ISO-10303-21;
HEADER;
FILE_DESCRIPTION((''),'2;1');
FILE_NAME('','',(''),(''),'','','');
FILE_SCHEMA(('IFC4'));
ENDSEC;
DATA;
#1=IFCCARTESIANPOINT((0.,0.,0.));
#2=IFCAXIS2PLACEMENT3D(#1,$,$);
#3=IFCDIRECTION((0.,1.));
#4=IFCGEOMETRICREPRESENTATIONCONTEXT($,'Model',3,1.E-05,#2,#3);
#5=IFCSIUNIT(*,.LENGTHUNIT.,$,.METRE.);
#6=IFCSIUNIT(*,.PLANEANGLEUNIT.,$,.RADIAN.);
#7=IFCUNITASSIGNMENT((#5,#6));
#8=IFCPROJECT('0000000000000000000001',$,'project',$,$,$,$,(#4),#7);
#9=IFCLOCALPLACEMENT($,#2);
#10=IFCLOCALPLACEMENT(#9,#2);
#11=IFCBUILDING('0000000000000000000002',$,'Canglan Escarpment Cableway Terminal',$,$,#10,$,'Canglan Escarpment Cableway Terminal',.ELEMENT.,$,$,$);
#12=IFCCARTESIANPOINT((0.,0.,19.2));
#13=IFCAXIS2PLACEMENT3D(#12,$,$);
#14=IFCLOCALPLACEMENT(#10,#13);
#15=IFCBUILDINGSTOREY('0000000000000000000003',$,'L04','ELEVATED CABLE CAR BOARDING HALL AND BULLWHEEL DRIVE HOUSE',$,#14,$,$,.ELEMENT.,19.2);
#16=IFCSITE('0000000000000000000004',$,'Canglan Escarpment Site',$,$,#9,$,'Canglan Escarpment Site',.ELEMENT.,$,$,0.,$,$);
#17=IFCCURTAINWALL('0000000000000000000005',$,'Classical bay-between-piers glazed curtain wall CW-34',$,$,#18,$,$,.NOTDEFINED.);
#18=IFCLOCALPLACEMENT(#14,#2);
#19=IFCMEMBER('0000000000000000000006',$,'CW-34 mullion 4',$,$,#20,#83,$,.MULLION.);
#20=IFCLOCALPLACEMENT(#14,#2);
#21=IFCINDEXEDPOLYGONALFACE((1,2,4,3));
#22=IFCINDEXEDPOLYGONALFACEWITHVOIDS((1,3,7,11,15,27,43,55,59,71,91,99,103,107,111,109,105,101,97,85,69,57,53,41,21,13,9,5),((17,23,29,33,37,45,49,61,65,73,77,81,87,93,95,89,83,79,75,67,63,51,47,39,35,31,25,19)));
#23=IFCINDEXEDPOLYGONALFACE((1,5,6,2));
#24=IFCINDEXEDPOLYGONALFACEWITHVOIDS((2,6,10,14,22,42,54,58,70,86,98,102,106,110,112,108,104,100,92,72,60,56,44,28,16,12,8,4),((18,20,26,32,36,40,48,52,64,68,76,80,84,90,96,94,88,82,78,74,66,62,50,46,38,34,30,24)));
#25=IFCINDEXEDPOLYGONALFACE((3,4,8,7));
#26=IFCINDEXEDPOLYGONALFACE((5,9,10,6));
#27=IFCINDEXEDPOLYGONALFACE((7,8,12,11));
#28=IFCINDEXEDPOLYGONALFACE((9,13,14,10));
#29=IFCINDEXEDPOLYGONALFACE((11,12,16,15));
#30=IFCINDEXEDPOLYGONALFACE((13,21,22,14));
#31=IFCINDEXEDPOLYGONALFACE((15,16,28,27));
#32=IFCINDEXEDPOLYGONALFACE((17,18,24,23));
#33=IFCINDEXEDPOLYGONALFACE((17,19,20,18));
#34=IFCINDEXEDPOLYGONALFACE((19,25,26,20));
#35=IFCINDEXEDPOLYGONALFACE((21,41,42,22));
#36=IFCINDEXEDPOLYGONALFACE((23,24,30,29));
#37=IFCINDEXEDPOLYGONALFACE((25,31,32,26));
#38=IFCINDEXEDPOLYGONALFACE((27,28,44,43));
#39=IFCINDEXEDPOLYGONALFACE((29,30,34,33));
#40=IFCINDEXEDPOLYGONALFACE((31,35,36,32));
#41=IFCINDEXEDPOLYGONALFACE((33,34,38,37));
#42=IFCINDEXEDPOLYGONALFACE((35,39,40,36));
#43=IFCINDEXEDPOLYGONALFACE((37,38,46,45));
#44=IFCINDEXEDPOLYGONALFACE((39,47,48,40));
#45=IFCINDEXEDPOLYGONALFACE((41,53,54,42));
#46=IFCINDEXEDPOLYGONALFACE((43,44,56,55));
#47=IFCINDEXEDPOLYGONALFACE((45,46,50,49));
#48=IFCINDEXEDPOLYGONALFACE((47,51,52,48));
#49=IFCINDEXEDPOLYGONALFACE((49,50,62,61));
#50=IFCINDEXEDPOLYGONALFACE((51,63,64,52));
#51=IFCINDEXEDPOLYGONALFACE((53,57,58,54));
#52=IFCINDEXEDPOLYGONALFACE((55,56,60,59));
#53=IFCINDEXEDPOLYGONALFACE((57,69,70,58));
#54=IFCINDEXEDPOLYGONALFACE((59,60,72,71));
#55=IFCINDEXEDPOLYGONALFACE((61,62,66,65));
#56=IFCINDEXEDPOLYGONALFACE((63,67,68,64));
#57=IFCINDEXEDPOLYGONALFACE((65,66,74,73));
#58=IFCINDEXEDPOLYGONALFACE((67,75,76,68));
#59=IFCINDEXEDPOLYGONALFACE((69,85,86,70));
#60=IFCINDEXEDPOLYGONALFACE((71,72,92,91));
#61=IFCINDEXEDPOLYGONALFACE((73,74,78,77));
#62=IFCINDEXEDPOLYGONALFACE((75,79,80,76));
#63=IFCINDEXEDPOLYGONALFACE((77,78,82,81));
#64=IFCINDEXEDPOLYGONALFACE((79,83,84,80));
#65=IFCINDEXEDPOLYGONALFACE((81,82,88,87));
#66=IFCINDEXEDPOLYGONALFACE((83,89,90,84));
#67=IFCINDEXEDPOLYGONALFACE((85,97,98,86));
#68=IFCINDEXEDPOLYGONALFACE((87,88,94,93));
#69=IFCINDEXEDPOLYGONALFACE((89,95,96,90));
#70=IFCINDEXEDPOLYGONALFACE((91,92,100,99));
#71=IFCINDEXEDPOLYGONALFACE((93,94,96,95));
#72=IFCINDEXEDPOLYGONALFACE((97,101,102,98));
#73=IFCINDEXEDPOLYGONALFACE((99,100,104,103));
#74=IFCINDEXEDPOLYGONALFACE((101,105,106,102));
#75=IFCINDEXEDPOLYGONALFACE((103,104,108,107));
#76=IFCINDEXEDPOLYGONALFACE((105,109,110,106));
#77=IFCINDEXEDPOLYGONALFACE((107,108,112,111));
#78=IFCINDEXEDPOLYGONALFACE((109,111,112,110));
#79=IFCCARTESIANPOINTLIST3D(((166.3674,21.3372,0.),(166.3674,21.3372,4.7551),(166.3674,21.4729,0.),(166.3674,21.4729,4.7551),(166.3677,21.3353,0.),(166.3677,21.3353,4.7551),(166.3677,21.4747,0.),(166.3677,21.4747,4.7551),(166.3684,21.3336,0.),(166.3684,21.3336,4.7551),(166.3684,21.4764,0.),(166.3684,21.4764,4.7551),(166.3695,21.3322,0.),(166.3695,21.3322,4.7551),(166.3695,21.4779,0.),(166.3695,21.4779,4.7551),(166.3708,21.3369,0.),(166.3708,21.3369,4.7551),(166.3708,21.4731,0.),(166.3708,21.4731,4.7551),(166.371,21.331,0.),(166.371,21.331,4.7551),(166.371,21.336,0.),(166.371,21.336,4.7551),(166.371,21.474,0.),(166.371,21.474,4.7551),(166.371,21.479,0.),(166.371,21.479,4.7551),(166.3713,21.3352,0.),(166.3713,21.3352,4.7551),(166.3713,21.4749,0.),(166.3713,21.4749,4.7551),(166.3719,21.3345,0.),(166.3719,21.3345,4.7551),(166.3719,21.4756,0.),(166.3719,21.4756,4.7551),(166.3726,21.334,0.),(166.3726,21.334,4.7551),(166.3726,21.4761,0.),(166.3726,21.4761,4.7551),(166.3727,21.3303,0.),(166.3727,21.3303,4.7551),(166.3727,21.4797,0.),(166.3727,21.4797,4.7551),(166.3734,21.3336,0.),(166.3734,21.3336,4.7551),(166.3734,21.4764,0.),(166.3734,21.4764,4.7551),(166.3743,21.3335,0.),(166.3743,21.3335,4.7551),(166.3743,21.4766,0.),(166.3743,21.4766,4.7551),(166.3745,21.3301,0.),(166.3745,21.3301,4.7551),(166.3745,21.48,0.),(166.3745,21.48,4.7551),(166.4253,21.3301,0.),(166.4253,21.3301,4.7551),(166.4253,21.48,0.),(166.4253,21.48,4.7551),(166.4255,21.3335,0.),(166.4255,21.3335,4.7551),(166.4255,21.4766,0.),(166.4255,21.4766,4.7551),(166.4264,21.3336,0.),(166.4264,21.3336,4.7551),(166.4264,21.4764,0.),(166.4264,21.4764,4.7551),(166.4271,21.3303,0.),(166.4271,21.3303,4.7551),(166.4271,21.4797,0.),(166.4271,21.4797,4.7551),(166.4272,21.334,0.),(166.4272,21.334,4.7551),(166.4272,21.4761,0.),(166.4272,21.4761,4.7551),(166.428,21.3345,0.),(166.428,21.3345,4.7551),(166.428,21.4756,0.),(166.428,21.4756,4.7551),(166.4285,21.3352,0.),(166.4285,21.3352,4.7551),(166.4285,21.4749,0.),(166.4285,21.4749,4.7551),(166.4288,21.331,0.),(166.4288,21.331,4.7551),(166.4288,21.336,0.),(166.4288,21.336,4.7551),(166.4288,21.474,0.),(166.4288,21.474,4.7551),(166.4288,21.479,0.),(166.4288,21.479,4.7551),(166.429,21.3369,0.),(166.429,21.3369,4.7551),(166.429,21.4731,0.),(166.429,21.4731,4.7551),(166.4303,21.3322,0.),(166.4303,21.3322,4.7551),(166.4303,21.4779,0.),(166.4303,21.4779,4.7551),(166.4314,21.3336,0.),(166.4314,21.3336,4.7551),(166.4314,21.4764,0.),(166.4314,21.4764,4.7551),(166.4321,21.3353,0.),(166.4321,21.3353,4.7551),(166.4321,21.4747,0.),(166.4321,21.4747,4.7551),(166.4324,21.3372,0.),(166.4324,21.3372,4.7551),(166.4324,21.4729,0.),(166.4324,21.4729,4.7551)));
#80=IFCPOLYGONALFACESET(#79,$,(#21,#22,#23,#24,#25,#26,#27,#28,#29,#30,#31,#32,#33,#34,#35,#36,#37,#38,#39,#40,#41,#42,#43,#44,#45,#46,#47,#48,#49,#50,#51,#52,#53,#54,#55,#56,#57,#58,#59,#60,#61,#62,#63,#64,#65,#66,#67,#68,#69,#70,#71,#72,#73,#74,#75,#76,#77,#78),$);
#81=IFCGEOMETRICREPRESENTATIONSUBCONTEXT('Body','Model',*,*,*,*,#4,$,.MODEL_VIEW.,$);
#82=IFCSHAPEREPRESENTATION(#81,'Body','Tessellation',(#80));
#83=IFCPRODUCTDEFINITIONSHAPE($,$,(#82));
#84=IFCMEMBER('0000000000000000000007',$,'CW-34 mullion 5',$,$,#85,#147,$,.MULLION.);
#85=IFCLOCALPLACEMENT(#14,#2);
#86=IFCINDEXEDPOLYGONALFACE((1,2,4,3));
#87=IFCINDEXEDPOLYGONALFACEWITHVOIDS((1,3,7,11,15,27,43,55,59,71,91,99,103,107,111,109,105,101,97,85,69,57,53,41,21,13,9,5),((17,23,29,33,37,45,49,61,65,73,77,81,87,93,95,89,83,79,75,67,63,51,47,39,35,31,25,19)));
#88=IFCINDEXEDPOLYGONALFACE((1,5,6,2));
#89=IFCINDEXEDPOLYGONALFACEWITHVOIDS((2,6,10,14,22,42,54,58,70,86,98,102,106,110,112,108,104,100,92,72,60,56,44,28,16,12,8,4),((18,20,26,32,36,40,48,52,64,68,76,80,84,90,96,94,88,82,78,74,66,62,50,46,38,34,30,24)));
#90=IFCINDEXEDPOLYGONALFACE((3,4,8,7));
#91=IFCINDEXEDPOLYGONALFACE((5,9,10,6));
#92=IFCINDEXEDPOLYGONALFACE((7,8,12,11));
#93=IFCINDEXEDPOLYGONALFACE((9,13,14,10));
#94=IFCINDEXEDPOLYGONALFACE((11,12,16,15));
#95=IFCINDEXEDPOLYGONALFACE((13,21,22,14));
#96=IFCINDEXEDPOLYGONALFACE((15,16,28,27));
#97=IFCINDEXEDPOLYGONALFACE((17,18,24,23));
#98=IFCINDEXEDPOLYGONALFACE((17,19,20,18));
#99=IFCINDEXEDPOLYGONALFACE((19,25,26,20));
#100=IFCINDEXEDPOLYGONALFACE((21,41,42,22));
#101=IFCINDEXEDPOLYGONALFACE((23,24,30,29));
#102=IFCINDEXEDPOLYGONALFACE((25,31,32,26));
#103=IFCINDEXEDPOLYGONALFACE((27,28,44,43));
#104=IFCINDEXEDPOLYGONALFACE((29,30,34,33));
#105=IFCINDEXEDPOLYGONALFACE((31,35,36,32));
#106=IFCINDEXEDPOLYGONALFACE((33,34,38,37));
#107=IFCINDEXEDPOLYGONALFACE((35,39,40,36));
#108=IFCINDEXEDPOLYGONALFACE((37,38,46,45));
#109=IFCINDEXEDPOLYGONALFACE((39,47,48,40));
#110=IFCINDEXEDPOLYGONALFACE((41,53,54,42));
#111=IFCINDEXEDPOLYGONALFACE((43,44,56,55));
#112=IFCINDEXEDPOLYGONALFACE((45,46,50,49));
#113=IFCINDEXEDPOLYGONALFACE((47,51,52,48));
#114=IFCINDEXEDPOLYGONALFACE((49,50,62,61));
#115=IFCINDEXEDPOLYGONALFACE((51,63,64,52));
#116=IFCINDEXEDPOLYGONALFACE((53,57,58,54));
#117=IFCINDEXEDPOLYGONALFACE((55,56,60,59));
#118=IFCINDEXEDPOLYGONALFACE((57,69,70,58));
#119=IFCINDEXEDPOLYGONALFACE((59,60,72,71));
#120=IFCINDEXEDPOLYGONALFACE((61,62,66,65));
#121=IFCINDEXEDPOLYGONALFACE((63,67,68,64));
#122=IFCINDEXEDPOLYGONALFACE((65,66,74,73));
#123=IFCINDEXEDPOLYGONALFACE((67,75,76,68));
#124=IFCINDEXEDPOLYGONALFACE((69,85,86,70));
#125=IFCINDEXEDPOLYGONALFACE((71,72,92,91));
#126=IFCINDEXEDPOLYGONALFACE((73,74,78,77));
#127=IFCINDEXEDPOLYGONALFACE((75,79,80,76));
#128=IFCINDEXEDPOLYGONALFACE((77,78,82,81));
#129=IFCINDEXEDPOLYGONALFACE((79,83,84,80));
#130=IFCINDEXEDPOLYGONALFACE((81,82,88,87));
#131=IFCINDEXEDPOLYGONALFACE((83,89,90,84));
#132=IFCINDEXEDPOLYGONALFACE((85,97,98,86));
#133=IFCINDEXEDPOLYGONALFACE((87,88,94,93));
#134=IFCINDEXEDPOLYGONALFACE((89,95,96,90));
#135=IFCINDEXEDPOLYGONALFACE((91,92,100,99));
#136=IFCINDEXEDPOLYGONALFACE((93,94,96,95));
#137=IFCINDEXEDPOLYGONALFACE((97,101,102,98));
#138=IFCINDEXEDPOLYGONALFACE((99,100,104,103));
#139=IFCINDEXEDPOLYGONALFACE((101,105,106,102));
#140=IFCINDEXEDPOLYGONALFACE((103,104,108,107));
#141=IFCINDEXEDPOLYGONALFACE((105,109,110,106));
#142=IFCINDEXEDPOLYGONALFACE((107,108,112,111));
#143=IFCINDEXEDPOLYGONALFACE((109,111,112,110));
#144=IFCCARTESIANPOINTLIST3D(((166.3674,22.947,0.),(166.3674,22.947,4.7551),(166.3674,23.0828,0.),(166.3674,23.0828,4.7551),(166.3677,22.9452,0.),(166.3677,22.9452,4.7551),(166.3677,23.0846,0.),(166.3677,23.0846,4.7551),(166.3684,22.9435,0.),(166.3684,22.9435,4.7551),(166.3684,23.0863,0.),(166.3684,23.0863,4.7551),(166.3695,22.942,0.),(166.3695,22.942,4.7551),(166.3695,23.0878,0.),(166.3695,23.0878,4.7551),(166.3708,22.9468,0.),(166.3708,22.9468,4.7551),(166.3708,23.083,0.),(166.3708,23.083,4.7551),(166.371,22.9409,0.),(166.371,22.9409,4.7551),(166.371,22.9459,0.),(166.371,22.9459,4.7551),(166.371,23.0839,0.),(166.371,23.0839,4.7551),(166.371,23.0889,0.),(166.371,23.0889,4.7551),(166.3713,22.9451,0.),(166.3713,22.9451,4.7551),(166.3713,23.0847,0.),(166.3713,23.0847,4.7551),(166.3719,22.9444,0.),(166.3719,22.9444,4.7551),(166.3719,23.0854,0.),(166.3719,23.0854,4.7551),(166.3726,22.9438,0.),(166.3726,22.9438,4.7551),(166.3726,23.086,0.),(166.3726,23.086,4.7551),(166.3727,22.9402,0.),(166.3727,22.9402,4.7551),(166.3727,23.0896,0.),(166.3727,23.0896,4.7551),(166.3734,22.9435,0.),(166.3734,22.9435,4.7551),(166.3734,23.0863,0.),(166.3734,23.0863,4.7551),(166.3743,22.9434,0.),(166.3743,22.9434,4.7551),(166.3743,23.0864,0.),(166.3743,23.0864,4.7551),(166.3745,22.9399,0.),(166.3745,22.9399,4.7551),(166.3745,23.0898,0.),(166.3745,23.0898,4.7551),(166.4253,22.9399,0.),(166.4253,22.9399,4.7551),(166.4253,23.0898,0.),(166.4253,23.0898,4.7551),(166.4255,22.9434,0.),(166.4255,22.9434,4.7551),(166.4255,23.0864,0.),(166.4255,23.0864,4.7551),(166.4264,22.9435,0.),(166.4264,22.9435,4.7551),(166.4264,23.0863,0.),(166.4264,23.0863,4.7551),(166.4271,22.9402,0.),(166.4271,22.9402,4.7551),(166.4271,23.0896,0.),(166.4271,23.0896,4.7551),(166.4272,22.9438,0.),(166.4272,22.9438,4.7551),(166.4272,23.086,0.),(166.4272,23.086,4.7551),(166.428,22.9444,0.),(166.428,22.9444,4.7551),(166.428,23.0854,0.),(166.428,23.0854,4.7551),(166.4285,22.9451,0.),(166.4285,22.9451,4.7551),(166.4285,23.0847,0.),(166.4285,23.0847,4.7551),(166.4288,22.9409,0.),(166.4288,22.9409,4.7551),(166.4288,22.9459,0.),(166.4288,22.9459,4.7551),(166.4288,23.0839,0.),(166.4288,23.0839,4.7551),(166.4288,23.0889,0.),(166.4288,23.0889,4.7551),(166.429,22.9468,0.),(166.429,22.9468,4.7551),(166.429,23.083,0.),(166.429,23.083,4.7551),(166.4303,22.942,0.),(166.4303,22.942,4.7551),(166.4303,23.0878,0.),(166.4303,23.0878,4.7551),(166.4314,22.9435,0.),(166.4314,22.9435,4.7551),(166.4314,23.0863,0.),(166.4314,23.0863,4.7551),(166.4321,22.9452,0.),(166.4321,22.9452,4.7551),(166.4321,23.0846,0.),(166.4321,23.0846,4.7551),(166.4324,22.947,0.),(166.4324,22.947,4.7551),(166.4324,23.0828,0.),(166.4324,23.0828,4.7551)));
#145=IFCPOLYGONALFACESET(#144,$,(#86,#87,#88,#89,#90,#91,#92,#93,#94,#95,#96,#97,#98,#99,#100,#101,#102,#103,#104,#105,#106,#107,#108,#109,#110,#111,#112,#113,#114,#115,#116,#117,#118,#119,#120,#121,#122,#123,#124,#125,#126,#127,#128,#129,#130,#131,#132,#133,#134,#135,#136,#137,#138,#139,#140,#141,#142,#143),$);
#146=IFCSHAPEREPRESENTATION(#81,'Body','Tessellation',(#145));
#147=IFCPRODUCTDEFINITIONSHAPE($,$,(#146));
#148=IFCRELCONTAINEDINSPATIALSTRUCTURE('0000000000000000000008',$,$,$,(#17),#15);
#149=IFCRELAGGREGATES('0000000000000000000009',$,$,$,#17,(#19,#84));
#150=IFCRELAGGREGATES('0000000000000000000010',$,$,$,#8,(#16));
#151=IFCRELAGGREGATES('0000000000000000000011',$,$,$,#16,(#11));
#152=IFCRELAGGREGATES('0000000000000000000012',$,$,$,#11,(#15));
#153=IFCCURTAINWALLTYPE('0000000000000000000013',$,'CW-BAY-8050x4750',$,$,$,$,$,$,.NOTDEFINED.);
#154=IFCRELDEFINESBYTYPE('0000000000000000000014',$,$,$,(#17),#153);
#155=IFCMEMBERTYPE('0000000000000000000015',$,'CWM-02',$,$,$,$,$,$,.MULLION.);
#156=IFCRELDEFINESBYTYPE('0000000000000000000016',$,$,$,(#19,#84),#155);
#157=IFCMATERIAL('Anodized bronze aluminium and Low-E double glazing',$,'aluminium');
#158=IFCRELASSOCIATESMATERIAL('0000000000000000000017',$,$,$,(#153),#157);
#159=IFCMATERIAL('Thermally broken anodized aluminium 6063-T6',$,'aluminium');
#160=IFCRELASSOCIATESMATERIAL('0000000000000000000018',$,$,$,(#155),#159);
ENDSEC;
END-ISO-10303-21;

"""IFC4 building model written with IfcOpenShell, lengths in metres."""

from ifc_helpers import new_model, si_unit, direction, frame, origin, origin_2d, place, context, subcontext, project, spatial, hollow_rectangle, extrude, material, material_profile, profile_set, type_object, element, aggregate, save


model = new_model("IFC4")

# Units and contexts
model_context = context("Model", 3, precision=1e-05, world=origin(), true_north=direction((0.0, 1.0)))
body_context = subcontext(model_context, "Body", "Model", "MODEL_VIEW")
ifc_project = project(units=[si_unit("LENGTHUNIT", "METRE"), si_unit("PLANEANGLEUNIT", "RADIAN")], contexts=[model_context])

# Site, building, storey
site_placement = place(None, origin())
site = spatial("IfcSite", under=ifc_project, at=site_placement, Name="Canglan Escarpment Site", LongName="Canglan Escarpment Site", CompositionType="ELEMENT", RefElevation=0.0)
building_placement = place(site_placement, origin())
building = spatial("IfcBuilding", under=site, at=building_placement, Name="Canglan Escarpment Cableway Terminal", LongName="Canglan Escarpment Cableway Terminal", CompositionType="ELEMENT")
storey_placement = place(building_placement, frame((0.0, 0.0, 19.2)))
storey = spatial("IfcBuildingStorey", under=building, at=storey_placement, Name="L04", Description="ELEVATED CABLE CAR BOARDING HALL AND BULLWHEEL DRIVE HOUSE", CompositionType="ELEMENT", Elevation=19.2)

# Curtain wall, members
ifc_material_1 = material(Name="Anodized bronze aluminium and Low-E double glazing", Category="aluminium")
curtain_wall_type_1 = type_object("IfcCurtainWallType", Name="CW-BAY-8050x4750", PredefinedType="NOTDEFINED", material=ifc_material_1)
curtain_wall_1_placement = place(storey_placement, origin())
curtain_wall_1 = element("IfcCurtainWall", 1, at=curtain_wall_1_placement, inside=storey, type_object=curtain_wall_type_1, Name="Classical bay-between-piers glazed curtain wall CW-34", PredefinedType="NOTDEFINED")
ifc_material_2 = material(Name="Thermally broken anodized aluminium 6063-T6", Category="aluminium")
ifc_material_profile_1 = material_profile(ifc_material_2, hollow_rectangle(XDim=0.0649, YDim=0.1499, WallThickness=0.0034, InnerFilletRadius=0.0034, OuterFilletRadius=0.0071, at=origin_2d()), Name="ALU-MULL 65x150x3.5")
ifc_profile_set_1 = profile_set([ifc_material_profile_1], Name="Thermally broken anodized aluminium 6063-T6")
member_type_1 = type_object("IfcMemberType", Name="CWM-02", PredefinedType="MULLION", material=ifc_profile_set_1)
member_1_placement = place(storey_placement, frame((166.3999, 21.405, 0.0), z_axis=(0.0, 0.0, 1.0), x_axis=(-1.0, 0.0, 0.0)))
member_1 = element("IfcMember", 2, at=member_1_placement, type_object=member_type_1, Name="CW-34 mullion 4", PredefinedType="MULLION", context=body_context, shape_type="SweptSolid", body=[
    extrude(hollow_rectangle(XDim=0.0649, YDim=0.1499, WallThickness=0.0034, InnerFilletRadius=0.0034, OuterFilletRadius=0.0071, at=origin_2d()), origin(), (0.0, 0.0, 1.0), 4.7551),
])
member_2_placement = place(storey_placement, frame((166.3999, 23.0149, 0.0), z_axis=(0.0, 0.0, 1.0), x_axis=(-1.0, 0.0, 0.0)))
member_2 = element("IfcMember", 3, at=member_2_placement, type_object=member_type_1, Name="CW-34 mullion 5", PredefinedType="MULLION", context=body_context, shape_type="SweptSolid", body=[
    extrude(hollow_rectangle(XDim=0.0649, YDim=0.1499, WallThickness=0.0034, InnerFilletRadius=0.0034, OuterFilletRadius=0.0071, at=origin_2d()), origin(), (0.0, 0.0, 1.0), 4.7551),
])

aggregate(curtain_wall_1, [member_1, member_2])

save(model, "model.ifc")
